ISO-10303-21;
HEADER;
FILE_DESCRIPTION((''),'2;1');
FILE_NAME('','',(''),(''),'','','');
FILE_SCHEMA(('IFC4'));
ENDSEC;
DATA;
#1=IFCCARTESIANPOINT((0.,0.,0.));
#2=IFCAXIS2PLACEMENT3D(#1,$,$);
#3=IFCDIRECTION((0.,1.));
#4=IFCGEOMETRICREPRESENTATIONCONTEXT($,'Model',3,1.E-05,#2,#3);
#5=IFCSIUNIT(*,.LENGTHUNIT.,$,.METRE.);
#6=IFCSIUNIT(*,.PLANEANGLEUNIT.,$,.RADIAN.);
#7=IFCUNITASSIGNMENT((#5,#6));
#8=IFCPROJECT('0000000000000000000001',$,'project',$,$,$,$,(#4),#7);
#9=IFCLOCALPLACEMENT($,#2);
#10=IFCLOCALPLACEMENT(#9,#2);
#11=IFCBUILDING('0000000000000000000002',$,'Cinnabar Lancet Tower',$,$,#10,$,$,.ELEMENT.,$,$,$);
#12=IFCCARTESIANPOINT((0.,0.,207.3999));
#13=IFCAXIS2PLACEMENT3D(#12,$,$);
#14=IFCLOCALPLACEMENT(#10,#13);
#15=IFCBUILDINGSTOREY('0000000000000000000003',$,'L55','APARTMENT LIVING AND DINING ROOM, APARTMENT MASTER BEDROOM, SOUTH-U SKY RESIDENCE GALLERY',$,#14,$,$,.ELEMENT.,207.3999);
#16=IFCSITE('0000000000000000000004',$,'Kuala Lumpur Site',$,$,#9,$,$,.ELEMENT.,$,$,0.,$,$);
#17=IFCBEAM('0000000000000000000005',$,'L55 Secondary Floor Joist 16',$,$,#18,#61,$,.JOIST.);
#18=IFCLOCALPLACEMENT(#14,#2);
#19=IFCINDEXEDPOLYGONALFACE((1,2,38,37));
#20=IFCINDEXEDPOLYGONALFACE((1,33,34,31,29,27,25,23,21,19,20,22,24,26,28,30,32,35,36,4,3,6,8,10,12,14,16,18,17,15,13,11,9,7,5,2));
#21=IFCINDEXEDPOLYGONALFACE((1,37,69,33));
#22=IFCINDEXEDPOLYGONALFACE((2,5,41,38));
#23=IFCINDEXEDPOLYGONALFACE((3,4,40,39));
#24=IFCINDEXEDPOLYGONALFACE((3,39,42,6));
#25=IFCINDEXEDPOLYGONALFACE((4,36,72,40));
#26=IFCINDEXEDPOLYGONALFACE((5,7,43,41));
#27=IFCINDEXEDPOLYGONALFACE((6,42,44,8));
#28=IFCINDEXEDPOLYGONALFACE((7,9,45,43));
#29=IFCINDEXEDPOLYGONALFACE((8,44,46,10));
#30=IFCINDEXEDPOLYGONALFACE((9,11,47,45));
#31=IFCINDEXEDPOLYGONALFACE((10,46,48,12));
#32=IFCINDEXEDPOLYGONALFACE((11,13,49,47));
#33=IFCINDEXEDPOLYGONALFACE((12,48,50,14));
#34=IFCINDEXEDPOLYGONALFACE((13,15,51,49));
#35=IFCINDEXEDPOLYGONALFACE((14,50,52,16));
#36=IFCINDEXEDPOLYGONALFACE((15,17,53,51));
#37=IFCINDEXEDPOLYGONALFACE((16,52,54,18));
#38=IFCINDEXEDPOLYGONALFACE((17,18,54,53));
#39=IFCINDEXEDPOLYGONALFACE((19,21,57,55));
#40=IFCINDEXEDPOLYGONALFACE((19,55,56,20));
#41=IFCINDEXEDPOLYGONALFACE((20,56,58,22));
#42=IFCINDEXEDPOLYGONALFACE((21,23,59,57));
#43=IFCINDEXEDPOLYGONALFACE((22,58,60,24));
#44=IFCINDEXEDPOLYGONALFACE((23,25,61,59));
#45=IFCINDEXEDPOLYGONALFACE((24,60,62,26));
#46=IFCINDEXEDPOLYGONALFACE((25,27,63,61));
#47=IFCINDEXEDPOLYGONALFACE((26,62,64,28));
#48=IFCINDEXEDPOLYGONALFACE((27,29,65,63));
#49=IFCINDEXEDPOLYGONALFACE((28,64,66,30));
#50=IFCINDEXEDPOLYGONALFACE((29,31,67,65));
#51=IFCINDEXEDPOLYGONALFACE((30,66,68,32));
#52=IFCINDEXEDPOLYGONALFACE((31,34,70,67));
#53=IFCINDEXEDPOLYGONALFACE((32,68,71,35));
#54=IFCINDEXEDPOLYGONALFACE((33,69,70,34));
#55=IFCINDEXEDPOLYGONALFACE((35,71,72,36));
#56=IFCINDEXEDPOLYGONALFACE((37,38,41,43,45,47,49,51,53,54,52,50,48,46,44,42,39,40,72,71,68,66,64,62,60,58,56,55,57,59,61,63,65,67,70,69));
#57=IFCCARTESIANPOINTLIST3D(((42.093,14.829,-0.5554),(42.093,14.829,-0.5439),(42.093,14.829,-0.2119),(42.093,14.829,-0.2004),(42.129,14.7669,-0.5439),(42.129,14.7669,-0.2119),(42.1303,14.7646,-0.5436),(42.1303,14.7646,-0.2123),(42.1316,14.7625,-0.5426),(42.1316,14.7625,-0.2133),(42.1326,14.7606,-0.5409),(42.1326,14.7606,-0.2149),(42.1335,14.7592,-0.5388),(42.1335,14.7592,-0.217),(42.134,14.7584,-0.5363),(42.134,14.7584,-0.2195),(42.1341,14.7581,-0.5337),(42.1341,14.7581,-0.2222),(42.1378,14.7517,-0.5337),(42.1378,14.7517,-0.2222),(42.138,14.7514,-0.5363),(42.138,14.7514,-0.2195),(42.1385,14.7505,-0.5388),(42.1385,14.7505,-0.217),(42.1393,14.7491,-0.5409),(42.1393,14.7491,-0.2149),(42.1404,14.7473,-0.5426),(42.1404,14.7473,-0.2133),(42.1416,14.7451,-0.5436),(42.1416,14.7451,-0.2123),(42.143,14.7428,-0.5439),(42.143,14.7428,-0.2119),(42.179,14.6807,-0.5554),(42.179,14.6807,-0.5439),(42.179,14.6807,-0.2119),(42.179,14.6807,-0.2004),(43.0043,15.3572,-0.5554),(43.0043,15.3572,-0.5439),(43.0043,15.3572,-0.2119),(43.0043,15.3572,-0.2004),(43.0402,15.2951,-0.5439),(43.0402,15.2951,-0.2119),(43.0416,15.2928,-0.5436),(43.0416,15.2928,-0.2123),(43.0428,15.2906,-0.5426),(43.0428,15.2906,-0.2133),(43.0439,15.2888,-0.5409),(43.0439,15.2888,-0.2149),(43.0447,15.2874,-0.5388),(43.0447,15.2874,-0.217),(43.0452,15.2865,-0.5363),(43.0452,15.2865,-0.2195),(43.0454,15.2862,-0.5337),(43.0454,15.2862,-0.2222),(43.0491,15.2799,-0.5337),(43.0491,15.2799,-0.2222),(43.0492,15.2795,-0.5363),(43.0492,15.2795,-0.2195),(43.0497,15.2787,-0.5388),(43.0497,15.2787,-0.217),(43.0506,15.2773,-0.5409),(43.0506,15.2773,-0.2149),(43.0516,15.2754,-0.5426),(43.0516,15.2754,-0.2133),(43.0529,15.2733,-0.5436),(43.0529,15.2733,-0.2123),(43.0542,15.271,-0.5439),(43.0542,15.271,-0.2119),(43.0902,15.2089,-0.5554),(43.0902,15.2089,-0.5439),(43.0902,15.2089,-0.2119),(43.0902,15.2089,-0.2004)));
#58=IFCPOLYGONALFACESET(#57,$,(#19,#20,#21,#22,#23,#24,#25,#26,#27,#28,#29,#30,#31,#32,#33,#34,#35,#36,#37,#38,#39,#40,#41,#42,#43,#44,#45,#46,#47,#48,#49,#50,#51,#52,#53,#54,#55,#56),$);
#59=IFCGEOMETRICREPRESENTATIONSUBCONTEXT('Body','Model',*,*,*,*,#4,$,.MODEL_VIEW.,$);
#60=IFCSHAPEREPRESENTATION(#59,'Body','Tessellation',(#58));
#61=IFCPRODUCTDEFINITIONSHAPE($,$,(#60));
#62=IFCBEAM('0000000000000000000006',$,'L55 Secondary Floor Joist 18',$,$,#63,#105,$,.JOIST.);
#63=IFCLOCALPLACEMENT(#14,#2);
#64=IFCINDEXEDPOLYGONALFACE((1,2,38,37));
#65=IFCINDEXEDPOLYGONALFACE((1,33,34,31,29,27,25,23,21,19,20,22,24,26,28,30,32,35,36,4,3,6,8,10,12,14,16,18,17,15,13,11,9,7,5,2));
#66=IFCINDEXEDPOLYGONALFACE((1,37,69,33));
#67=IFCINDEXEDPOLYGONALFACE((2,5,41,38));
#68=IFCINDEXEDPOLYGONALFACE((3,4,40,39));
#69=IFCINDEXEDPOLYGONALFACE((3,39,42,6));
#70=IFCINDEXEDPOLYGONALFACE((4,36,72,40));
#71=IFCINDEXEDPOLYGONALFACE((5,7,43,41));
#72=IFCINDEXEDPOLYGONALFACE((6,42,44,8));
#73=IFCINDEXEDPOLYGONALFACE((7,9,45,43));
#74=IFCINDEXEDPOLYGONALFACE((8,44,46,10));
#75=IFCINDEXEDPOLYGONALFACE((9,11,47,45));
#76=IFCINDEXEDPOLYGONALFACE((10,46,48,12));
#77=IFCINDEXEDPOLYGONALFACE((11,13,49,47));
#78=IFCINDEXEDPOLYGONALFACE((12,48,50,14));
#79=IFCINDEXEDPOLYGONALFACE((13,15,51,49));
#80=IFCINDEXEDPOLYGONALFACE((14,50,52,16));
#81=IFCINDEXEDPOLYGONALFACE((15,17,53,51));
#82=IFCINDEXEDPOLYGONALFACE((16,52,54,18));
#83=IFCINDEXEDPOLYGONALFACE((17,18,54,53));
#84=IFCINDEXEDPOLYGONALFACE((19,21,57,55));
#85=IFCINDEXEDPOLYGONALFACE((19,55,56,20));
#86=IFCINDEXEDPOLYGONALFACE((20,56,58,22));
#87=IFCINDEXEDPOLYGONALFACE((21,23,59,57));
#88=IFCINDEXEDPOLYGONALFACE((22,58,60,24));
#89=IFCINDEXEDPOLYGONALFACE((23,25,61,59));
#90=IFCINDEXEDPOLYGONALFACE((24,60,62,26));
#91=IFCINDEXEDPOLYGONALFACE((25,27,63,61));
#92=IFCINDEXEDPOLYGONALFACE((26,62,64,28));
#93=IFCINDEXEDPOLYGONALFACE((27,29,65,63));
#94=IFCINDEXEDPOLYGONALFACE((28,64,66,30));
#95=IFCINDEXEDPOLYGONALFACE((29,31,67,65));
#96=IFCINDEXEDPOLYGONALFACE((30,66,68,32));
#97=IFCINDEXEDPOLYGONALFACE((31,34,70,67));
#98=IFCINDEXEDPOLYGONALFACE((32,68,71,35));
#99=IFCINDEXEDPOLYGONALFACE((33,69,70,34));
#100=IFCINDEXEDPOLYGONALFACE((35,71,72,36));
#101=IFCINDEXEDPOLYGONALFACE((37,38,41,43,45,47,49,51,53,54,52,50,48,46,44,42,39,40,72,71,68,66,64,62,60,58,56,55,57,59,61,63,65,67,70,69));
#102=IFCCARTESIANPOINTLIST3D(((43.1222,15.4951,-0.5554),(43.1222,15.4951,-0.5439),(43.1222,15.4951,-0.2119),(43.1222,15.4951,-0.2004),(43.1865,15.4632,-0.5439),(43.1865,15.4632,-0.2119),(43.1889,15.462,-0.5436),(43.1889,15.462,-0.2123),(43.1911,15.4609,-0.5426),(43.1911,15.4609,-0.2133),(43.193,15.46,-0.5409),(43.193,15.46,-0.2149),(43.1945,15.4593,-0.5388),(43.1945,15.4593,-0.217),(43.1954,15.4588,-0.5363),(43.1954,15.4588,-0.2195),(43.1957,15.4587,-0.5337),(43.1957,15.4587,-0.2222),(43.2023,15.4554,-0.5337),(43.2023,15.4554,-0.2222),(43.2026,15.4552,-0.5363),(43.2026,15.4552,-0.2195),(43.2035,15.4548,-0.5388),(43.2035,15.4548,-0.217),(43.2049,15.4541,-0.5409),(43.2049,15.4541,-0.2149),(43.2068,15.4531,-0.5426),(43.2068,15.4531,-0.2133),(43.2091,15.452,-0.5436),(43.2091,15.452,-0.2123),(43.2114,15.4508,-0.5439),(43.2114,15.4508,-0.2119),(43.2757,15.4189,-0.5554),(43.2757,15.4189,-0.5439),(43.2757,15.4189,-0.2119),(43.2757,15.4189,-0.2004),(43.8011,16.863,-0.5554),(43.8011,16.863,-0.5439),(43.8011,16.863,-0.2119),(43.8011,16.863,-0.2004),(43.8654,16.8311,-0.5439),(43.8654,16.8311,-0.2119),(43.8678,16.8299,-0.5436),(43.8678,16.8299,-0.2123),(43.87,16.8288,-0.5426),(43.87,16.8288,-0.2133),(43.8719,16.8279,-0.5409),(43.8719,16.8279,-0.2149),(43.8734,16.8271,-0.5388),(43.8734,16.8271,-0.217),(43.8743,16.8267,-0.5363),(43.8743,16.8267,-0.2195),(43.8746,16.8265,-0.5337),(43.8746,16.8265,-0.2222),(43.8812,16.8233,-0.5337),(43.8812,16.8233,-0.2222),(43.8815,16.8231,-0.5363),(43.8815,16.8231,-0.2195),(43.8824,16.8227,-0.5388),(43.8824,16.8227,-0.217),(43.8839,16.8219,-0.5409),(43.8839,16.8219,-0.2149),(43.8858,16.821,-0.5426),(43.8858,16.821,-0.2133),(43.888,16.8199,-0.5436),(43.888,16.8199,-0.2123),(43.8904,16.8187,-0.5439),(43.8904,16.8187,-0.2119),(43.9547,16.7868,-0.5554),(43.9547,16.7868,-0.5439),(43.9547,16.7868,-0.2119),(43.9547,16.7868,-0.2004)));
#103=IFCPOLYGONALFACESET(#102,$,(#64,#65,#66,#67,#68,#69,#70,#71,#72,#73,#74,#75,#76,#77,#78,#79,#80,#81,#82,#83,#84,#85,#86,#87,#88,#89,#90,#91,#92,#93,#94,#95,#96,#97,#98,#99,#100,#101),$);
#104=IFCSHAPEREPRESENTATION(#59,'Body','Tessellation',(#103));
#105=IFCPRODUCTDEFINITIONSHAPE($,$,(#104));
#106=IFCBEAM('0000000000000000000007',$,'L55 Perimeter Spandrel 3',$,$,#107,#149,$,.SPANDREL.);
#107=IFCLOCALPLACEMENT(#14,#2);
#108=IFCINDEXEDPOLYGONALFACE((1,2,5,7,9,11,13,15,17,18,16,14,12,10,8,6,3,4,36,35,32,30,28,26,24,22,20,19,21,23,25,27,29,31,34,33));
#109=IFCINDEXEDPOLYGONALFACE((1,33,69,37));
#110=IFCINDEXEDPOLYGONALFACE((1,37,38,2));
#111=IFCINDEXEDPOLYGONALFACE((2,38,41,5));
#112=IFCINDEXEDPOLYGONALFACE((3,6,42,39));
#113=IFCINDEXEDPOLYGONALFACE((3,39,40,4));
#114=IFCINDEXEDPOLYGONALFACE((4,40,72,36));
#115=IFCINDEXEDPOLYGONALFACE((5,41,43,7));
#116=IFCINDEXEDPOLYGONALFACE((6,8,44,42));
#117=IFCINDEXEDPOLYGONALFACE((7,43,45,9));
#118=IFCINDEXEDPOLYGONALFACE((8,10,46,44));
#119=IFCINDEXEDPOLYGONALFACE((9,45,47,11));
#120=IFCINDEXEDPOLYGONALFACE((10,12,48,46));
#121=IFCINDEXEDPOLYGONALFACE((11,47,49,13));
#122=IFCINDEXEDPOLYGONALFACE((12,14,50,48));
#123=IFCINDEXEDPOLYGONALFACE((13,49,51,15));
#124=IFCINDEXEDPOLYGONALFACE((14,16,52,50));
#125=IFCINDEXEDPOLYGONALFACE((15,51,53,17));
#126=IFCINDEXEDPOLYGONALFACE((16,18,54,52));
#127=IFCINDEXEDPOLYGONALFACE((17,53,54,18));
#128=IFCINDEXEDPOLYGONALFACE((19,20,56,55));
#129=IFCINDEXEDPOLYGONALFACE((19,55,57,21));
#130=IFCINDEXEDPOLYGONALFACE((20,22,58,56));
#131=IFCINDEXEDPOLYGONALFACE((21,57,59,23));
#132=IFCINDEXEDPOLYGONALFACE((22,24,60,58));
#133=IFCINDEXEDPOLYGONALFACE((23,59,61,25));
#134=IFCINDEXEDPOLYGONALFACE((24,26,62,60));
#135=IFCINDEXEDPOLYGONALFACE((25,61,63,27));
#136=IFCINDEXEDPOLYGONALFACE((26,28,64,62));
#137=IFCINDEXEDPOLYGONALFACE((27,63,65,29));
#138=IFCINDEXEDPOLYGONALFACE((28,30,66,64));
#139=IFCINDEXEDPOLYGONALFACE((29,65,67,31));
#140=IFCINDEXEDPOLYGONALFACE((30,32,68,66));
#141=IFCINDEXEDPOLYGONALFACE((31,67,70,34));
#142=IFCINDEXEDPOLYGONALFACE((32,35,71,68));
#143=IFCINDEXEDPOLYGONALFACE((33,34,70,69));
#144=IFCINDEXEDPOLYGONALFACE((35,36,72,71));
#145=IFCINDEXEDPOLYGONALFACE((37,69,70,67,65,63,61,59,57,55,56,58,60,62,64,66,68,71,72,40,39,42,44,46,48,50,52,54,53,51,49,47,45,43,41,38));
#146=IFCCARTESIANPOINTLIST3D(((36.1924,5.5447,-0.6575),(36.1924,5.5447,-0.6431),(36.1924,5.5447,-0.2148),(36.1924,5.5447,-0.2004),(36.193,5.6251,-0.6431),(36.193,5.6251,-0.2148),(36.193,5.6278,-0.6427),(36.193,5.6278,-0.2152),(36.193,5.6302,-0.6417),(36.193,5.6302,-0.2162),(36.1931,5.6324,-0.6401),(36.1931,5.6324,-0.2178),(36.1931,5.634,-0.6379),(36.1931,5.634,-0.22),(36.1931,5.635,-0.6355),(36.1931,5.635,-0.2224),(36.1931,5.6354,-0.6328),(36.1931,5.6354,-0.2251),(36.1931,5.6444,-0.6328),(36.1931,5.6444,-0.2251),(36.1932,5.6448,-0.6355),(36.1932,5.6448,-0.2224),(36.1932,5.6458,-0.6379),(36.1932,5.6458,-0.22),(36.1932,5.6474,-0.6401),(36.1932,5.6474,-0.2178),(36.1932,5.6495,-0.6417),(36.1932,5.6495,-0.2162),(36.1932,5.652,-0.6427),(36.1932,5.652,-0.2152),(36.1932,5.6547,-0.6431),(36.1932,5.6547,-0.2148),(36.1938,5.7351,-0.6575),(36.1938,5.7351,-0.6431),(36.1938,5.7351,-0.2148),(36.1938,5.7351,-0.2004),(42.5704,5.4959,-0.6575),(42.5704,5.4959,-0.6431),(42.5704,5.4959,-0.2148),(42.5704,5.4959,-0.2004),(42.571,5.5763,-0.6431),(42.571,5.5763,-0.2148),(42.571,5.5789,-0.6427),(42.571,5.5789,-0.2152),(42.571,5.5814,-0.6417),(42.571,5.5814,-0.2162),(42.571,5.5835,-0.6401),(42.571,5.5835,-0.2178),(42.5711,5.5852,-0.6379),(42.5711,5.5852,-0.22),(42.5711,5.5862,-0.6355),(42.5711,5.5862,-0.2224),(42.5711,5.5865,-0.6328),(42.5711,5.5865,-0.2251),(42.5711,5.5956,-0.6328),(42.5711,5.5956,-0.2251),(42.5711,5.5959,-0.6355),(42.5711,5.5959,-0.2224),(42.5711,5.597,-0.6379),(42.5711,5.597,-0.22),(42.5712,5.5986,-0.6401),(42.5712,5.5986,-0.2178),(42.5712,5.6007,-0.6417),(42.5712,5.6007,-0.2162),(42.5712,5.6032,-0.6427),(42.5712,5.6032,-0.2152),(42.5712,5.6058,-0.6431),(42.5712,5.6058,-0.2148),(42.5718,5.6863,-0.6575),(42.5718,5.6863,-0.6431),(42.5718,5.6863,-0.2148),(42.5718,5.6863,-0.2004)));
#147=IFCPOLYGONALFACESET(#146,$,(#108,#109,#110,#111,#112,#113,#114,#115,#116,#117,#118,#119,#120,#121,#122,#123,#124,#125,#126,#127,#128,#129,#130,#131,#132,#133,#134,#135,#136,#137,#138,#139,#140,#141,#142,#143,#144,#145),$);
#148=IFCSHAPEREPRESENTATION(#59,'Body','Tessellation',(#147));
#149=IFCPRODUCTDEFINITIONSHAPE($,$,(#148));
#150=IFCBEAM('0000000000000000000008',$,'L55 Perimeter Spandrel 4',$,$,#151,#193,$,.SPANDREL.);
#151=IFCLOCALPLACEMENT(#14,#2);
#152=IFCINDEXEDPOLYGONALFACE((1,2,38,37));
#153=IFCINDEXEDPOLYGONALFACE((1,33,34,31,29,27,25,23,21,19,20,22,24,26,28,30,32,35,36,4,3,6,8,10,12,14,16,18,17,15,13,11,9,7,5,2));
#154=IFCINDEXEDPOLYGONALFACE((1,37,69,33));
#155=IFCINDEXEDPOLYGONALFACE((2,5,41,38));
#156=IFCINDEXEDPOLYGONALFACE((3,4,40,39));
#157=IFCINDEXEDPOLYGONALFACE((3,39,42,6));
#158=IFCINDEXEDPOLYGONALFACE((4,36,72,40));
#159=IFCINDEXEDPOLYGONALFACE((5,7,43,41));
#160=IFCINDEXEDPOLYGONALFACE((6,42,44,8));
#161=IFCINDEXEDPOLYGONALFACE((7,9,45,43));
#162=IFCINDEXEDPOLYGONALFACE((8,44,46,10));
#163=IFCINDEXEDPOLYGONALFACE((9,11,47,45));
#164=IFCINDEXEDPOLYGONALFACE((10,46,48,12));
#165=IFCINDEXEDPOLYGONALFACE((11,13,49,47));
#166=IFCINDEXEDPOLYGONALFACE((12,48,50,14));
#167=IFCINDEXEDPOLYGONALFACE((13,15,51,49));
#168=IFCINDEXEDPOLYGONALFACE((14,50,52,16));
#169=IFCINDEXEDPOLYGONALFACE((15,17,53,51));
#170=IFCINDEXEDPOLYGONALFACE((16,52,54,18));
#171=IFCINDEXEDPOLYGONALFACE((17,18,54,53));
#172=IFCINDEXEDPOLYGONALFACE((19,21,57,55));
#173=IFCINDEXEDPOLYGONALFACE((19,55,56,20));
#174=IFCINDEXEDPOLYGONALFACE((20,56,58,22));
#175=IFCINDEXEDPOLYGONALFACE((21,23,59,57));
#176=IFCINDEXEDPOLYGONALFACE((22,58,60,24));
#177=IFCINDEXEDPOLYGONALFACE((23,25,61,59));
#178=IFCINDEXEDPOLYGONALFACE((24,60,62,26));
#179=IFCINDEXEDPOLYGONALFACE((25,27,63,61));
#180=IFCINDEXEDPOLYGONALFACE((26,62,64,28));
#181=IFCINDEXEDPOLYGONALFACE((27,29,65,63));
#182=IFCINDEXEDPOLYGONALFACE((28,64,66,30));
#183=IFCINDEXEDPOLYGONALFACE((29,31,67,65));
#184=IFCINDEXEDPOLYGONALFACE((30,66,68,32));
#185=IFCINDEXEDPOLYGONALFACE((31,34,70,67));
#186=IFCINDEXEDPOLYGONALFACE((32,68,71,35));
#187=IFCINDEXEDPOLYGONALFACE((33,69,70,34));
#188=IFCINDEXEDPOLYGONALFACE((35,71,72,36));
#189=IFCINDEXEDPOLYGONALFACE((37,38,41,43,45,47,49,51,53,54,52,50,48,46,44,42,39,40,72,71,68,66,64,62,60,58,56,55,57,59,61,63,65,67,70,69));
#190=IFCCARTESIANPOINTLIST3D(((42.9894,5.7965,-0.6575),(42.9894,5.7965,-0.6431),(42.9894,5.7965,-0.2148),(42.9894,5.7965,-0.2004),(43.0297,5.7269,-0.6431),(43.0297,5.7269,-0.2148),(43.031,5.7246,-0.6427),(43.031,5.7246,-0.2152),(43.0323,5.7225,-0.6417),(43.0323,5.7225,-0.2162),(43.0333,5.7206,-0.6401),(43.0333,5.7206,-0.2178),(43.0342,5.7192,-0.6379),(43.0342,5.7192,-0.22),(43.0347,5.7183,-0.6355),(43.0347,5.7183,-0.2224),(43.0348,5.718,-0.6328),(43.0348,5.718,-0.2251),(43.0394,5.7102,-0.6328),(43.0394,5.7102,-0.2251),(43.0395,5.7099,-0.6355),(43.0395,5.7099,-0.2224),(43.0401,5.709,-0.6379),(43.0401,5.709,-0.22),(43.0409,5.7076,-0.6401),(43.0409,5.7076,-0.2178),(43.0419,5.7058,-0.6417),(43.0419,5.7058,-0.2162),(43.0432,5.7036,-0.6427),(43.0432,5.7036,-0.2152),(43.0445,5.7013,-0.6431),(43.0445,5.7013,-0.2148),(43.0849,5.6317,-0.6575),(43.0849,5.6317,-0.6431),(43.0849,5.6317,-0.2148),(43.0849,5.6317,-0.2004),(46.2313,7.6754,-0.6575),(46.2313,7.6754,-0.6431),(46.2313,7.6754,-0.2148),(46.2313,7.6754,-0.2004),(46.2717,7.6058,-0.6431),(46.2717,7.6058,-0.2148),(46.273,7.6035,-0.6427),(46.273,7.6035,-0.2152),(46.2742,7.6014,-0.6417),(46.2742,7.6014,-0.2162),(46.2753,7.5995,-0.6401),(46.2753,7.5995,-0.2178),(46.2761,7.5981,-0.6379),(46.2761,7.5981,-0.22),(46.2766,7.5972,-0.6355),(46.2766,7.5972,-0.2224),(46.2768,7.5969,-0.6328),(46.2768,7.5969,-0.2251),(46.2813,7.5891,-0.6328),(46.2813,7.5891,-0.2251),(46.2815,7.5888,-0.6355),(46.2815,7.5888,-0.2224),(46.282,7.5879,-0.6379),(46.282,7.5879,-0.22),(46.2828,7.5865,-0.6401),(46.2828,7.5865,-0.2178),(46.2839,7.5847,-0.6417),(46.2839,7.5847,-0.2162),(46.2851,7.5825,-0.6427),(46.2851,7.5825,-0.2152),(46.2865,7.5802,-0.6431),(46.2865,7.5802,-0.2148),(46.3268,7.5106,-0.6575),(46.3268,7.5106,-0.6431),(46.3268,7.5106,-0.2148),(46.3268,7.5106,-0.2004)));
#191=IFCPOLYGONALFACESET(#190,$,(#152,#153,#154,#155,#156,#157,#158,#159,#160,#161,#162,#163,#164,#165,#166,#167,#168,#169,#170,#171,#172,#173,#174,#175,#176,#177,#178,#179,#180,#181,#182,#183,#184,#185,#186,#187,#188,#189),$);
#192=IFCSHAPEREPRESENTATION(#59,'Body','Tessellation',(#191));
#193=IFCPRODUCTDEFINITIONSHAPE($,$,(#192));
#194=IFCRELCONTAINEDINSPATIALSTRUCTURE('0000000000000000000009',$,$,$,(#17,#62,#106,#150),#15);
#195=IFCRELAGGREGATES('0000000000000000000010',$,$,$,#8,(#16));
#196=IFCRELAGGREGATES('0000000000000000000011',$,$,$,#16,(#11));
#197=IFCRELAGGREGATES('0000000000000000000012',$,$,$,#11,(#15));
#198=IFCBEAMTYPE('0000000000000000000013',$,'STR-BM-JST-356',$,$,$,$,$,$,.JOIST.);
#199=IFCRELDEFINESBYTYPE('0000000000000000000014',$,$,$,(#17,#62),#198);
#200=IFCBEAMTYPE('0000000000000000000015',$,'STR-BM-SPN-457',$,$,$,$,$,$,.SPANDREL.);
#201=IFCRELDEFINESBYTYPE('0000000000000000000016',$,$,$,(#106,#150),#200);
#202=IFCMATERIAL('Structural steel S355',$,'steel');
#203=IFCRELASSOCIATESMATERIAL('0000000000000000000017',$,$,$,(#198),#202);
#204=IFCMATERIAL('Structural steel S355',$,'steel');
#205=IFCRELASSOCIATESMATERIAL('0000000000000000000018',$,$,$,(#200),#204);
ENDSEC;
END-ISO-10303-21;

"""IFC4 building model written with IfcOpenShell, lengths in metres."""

from ifc_helpers import new_model, si_unit, direction, frame, origin, origin_2d, place, context, subcontext, project, spatial, i_section, extrude, material, material_profile, profile_set, type_object, element, save


model = new_model("IFC4")

# Units and contexts
model_context = context("Model", 3, precision=1e-05, world=origin(), true_north=direction((0.0, 1.0)))
body_context = subcontext(model_context, "Body", "Model", "MODEL_VIEW")
ifc_project = project(units=[si_unit("LENGTHUNIT", "METRE"), si_unit("PLANEANGLEUNIT", "RADIAN")], contexts=[model_context])

# Site, building, storey
site_placement = place(None, origin())
site = spatial("IfcSite", under=ifc_project, at=site_placement, Name="Kuala Lumpur Site", CompositionType="ELEMENT", RefElevation=0.0)
building_placement = place(site_placement, origin())
building = spatial("IfcBuilding", under=site, at=building_placement, Name="Cinnabar Lancet Tower", CompositionType="ELEMENT")
storey_placement = place(building_placement, frame((0.0, 0.0, 207.3999)))
storey = spatial("IfcBuildingStorey", under=building, at=storey_placement, Name="L55", Description="APARTMENT LIVING AND DINING ROOM, APARTMENT MASTER BEDROOM, SOUTH-U SKY RESIDENCE GALLERY", CompositionType="ELEMENT", Elevation=207.3999)

# Beams
ifc_material_1 = material(Name="Structural steel S355", Category="steel")
ifc_material_profile_1 = material_profile(ifc_material_1, i_section(OverallWidth=0.1714, OverallDepth=0.355, WebThickness=0.0073, FlangeThickness=0.0115, FilletRadius=0.0103, at=origin_2d()), Name="UKB 356x171x51")
ifc_profile_set_1 = profile_set([ifc_material_profile_1], Name="Structural steel S355")
beam_type_1 = type_object("IfcBeamType", Name="STR-BM-JST-356", PredefinedType="JOIST", material=ifc_profile_set_1)
beam_1_placement = place(storey_placement, frame((42.136, 14.7549, -0.3779), z_axis=(0.865188, 0.501447, 0.0), x_axis=(-0.501447, 0.865188, 0.0)))
element("IfcBeam", 1, at=beam_1_placement, inside=storey, type_object=beam_type_1, Name="L55 Secondary Floor Joist 16", PredefinedType="JOIST", context=body_context, shape_type="SweptSolid", body=[
    extrude(i_section(OverallWidth=0.1714, OverallDepth=0.355, WebThickness=0.0073, FlangeThickness=0.0115, FilletRadius=0.0103, at=origin_2d()), origin(), (0.0, 0.0, 1.0), 1.0532),
])
beam_2_placement = place(storey_placement, frame((43.199, 15.457, -0.3779), z_axis=(0.44459, 0.895734, 0.0), x_axis=(-0.895734, 0.44459, 0.0)))
element("IfcBeam", 2, at=beam_2_placement, inside=storey, type_object=beam_type_1, Name="L55 Secondary Floor Joist 18", PredefinedType="JOIST", context=body_context, shape_type="SweptSolid", body=[
    extrude(i_section(OverallWidth=0.1714, OverallDepth=0.355, WebThickness=0.0073, FlangeThickness=0.0115, FilletRadius=0.0103, at=origin_2d()), origin(), (0.0, 0.0, 1.0), 1.5271),
])
ifc_material_2 = material(Name="Structural steel S355", Category="steel")
ifc_material_profile_2 = material_profile(ifc_material_2, i_section(OverallWidth=0.1904, OverallDepth=0.457, WebThickness=0.009, FlangeThickness=0.0144, FilletRadius=0.0103, at=origin_2d()), Name="UKB 457x191x74")
ifc_profile_set_2 = profile_set([ifc_material_profile_2], Name="Structural steel S355")
beam_type_2 = type_object("IfcBeamType", Name="STR-BM-SPN-457", PredefinedType="SPANDREL", material=ifc_profile_set_2)
beam_3_placement = place(storey_placement, frame((36.1931, 5.6399, -0.429), z_axis=(0.999971, -0.007656, 0.0), x_axis=(0.007656, 0.999971, 0.0)))
element("IfcBeam", 3, at=beam_3_placement, inside=storey, type_object=beam_type_2, Name="L55 Perimeter Spandrel 3", PredefinedType="SPANDREL", context=body_context, shape_type="SweptSolid", body=[
    extrude(i_section(OverallWidth=0.1904, OverallDepth=0.457, WebThickness=0.009, FlangeThickness=0.0144, FilletRadius=0.0103, at=origin_2d()), origin(), (0.0, 0.0, 1.0), 6.3782),
])
beam_4_placement = place(storey_placement, frame((43.0371, 5.7141, -0.429), z_axis=(0.865196, 0.501434, 0.0), x_axis=(-0.501434, 0.865196, 0.0)))
element("IfcBeam", 4, at=beam_4_placement, inside=storey, type_object=beam_type_2, Name="L55 Perimeter Spandrel 4", PredefinedType="SPANDREL", context=body_context, shape_type="SweptSolid", body=[
    extrude(i_section(OverallWidth=0.1904, OverallDepth=0.457, WebThickness=0.009, FlangeThickness=0.0144, FilletRadius=0.0103, at=origin_2d()), origin(), (0.0, 0.0, 1.0), 3.7471),
])

save(model, "model.ifc")
